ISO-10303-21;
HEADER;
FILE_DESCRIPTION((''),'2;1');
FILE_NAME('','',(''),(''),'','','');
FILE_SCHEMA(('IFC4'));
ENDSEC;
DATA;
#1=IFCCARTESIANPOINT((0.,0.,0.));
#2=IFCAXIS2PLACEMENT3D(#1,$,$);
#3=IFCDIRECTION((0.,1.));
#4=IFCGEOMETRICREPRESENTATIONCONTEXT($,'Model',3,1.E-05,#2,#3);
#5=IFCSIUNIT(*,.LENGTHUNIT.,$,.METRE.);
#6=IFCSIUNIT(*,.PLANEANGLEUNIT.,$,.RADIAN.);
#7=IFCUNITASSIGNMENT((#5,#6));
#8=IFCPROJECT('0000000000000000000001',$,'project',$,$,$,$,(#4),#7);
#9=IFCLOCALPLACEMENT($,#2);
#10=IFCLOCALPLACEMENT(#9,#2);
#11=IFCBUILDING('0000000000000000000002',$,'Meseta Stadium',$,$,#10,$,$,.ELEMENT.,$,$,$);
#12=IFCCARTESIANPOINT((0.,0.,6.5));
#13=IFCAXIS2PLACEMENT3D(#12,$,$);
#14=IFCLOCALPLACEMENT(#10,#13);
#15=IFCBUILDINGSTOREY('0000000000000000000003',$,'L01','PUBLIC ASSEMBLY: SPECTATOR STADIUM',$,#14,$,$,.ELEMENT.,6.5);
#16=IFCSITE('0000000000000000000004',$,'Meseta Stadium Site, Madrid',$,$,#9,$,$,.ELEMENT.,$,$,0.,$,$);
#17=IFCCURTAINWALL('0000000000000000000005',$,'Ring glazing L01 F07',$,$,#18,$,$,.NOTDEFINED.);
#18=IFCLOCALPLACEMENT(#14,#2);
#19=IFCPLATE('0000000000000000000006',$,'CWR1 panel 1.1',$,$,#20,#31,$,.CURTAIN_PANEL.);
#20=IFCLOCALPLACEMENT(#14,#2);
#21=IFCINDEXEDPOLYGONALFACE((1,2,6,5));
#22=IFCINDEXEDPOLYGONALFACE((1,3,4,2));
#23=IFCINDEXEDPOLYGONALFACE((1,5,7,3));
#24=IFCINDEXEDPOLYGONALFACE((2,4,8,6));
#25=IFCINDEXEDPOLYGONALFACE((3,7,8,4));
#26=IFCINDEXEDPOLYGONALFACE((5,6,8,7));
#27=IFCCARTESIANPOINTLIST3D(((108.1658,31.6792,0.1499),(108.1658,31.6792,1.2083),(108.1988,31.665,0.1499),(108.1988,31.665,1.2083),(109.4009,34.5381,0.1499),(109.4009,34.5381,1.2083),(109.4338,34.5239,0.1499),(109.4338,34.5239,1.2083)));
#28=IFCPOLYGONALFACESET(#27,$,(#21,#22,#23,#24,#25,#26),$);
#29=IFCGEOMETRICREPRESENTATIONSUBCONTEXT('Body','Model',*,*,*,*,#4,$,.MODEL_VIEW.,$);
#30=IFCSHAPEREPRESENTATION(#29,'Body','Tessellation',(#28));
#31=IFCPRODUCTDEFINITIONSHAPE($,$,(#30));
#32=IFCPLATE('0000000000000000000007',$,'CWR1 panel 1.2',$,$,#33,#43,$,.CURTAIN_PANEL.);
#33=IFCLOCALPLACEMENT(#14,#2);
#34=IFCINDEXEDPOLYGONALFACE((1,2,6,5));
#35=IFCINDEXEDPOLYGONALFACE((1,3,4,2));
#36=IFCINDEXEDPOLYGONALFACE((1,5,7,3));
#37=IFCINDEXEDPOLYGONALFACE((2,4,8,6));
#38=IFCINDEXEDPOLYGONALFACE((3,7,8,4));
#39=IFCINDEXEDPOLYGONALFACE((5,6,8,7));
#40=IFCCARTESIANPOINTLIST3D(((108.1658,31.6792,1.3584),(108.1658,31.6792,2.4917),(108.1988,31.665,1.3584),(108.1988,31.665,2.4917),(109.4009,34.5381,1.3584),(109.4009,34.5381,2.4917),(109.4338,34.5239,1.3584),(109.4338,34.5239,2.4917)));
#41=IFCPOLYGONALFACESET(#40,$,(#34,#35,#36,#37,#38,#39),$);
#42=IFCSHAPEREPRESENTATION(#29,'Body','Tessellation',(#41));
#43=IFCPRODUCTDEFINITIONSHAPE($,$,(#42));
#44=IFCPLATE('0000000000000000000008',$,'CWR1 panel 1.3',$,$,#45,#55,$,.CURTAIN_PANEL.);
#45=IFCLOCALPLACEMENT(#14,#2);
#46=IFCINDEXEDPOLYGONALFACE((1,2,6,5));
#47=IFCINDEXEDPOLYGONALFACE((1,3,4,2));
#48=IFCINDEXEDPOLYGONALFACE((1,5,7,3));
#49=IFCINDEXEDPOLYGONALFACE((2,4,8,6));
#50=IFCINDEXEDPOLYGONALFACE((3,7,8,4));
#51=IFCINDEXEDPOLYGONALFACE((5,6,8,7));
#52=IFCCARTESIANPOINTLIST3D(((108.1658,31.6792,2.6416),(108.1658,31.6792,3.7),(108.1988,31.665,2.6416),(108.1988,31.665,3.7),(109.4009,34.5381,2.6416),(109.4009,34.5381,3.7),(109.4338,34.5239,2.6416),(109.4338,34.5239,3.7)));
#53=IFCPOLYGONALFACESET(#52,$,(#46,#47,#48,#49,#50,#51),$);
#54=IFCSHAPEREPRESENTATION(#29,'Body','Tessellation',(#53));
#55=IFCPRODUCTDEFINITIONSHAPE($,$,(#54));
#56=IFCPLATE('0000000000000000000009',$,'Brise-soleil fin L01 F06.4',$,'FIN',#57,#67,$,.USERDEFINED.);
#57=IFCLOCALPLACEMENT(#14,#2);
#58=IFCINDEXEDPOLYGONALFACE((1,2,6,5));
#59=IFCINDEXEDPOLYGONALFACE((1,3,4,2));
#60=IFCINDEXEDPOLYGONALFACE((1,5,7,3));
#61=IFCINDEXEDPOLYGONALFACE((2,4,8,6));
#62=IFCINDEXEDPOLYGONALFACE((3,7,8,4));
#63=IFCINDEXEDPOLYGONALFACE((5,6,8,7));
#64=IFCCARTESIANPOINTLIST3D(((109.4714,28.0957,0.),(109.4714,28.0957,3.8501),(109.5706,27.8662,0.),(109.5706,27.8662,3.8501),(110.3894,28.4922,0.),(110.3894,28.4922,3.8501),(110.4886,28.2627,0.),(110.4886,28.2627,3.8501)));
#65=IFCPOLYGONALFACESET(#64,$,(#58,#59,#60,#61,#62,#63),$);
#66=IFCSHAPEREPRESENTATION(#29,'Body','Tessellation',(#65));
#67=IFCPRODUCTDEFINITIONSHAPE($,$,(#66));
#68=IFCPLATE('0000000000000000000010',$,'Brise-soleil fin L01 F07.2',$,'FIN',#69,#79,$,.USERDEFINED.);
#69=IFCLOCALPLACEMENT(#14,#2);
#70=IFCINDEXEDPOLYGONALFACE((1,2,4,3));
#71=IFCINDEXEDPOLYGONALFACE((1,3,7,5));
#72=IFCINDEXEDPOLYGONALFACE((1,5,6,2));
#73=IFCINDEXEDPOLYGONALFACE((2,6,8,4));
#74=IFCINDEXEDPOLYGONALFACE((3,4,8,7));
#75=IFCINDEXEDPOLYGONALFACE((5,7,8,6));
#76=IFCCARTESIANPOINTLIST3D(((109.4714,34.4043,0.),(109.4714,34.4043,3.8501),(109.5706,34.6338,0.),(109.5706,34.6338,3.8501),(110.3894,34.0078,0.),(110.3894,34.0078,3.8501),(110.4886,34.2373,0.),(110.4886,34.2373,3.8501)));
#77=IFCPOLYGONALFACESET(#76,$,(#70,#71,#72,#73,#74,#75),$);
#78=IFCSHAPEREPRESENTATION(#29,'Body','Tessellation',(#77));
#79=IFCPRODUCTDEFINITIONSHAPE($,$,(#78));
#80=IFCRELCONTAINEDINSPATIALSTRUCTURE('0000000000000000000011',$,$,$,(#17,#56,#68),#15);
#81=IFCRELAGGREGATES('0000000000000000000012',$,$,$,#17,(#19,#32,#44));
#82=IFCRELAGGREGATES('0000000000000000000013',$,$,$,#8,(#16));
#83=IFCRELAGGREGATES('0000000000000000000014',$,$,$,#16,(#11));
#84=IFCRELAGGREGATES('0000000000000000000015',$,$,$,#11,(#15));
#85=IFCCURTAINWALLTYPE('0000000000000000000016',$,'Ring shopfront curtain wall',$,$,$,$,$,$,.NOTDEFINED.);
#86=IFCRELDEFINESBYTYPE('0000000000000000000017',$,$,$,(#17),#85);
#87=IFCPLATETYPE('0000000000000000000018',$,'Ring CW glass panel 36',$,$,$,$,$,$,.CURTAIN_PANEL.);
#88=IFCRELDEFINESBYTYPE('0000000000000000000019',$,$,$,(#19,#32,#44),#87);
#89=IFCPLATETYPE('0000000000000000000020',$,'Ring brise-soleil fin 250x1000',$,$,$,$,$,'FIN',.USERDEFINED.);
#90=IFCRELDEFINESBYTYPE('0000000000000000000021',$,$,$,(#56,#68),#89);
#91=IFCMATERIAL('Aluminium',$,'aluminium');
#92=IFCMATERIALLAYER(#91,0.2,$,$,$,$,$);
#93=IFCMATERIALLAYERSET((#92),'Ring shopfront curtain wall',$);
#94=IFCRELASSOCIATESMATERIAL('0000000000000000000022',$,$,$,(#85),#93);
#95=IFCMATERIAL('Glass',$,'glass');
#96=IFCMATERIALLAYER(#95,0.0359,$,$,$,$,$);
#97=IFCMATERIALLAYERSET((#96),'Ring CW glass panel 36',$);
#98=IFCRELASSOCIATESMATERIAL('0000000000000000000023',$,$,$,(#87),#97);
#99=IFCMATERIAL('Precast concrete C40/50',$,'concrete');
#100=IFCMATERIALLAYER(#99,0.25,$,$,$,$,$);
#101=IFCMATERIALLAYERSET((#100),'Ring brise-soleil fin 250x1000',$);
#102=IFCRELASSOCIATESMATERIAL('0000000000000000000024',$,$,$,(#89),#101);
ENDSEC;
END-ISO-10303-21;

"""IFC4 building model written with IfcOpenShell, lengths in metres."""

from ifc_helpers import new_model, si_unit, direction, frame, origin, origin_2d, place, context, subcontext, project, spatial, rectangle, extrude, material, layer, layer_set, type_object, element, aggregate, save


model = new_model("IFC4")

# Units and contexts
model_context = context("Model", 3, precision=1e-05, world=origin(), true_north=direction((0.0, 1.0)))
body_context = subcontext(model_context, "Body", "Model", "MODEL_VIEW")
ifc_project = project(units=[si_unit("LENGTHUNIT", "METRE"), si_unit("PLANEANGLEUNIT", "RADIAN")], contexts=[model_context])

# Site, building, storey
site_placement = place(None, origin())
site = spatial("IfcSite", under=ifc_project, at=site_placement, Name="Meseta Stadium Site, Madrid", CompositionType="ELEMENT", RefElevation=0.0)
building_placement = place(site_placement, origin())
building = spatial("IfcBuilding", under=site, at=building_placement, Name="Meseta Stadium", CompositionType="ELEMENT")
storey_placement = place(building_placement, frame((0.0, 0.0, 6.5)))
storey = spatial("IfcBuildingStorey", under=building, at=storey_placement, Name="L01", Description="PUBLIC ASSEMBLY: SPECTATOR STADIUM", CompositionType="ELEMENT", Elevation=6.5)

# Curtain wall
ifc_material_1 = material(Name="Aluminium", Category="aluminium")
ifc_layer_1 = layer(ifc_material_1, 0.2)
ifc_layer_set_1 = layer_set([ifc_layer_1], Name="Ring shopfront curtain wall")
curtain_wall_type = type_object("IfcCurtainWallType", Name="Ring shopfront curtain wall", PredefinedType="NOTDEFINED", material=ifc_layer_set_1)
curtain_wall_1_placement = place(storey_placement, origin())
curtain_wall_1 = element("IfcCurtainWall", 1, at=curtain_wall_1_placement, inside=storey, type_object=curtain_wall_type, Name="Ring glazing L01 F07", PredefinedType="NOTDEFINED")

# Plates
ifc_material_2 = material(Name="Glass", Category="glass")
ifc_layer_2 = layer(ifc_material_2, 0.0359)
ifc_layer_set_2 = layer_set([ifc_layer_2], Name="Ring CW glass panel 36")
plate_type_1 = type_object("IfcPlateType", Name="Ring CW glass panel 36", PredefinedType="CURTAIN_PANEL", material=ifc_layer_set_2)
plate_1_placement = place(storey_placement, frame((108.7998, 33.1016, 0.1499), z_axis=(0.0, 0.0, 1.0), x_axis=(0.396581, 0.918, 0.0)))
plate_1 = element("IfcPlate", 2, at=plate_1_placement, type_object=plate_type_1, Name="CWR1 panel 1.1", PredefinedType="CURTAIN_PANEL", context=body_context, shape_type="SweptSolid", body=[
    extrude(rectangle(XDim=3.1143, YDim=0.0359, at=origin_2d()), origin(), (0.0, 0.0, 1.0), 1.0583),
])
plate_2_placement = place(storey_placement, frame((108.7998, 33.1016, 1.3584), z_axis=(0.0, 0.0, 1.0), x_axis=(0.396581, 0.918, 0.0)))
plate_2 = element("IfcPlate", 3, at=plate_2_placement, type_object=plate_type_1, Name="CWR1 panel 1.2", PredefinedType="CURTAIN_PANEL", context=body_context, shape_type="SweptSolid", body=[
    extrude(rectangle(XDim=3.1143, YDim=0.0359, at=origin_2d()), origin(), (0.0, 0.0, 1.0), 1.1333),
])
plate_3_placement = place(storey_placement, frame((108.7998, 33.1016, 2.6416), z_axis=(0.0, 0.0, 1.0), x_axis=(0.396581, 0.918, 0.0)))
plate_3 = element("IfcPlate", 4, at=plate_3_placement, type_object=plate_type_1, Name="CWR1 panel 1.3", PredefinedType="CURTAIN_PANEL", context=body_context, shape_type="SweptSolid", body=[
    extrude(rectangle(XDim=3.1143, YDim=0.0359, at=origin_2d()), origin(), (0.0, 0.0, 1.0), 1.0583),
])
aggregate(curtain_wall_1, [plate_1, plate_2, plate_3])

# Plates
ifc_material_3 = material(Name="Precast concrete C40/50", Category="concrete")
ifc_layer_3 = layer(ifc_material_3, 0.25)
ifc_layer_set_3 = layer_set([ifc_layer_3], Name="Ring brise-soleil fin 250x1000")
plate_type_2 = type_object("IfcPlateType", Name="Ring brise-soleil fin 250x1000", ElementType="FIN", PredefinedType="USERDEFINED", material=ifc_layer_set_3)
for number, where, z_axis, x_axis, name in (
    (5, (109.98, 28.1792, 0.0), (0.0, 0.0, 1.0), (-0.396576, 0.918002, 0.0), "Brise-soleil fin L01 F06.4"),
    (6, (109.98, 34.3208, 0.0), (0.0, 0.0, 1.0), (0.396576, 0.918002, 0.0), "Brise-soleil fin L01 F07.2"),
):
    element("IfcPlate", number, at=place(storey_placement, frame(where, z_axis=z_axis, x_axis=x_axis)), inside=storey, type_object=plate_type_2, Name=name, ObjectType="FIN", PredefinedType="USERDEFINED", context=body_context, shape_type="SweptSolid", body=[
        extrude(rectangle(XDim=0.25, YDim=1.0, at=origin_2d()), origin(), (0.0, 0.0, 1.0), 3.8501),
    ])

save(model, "model.ifc")
